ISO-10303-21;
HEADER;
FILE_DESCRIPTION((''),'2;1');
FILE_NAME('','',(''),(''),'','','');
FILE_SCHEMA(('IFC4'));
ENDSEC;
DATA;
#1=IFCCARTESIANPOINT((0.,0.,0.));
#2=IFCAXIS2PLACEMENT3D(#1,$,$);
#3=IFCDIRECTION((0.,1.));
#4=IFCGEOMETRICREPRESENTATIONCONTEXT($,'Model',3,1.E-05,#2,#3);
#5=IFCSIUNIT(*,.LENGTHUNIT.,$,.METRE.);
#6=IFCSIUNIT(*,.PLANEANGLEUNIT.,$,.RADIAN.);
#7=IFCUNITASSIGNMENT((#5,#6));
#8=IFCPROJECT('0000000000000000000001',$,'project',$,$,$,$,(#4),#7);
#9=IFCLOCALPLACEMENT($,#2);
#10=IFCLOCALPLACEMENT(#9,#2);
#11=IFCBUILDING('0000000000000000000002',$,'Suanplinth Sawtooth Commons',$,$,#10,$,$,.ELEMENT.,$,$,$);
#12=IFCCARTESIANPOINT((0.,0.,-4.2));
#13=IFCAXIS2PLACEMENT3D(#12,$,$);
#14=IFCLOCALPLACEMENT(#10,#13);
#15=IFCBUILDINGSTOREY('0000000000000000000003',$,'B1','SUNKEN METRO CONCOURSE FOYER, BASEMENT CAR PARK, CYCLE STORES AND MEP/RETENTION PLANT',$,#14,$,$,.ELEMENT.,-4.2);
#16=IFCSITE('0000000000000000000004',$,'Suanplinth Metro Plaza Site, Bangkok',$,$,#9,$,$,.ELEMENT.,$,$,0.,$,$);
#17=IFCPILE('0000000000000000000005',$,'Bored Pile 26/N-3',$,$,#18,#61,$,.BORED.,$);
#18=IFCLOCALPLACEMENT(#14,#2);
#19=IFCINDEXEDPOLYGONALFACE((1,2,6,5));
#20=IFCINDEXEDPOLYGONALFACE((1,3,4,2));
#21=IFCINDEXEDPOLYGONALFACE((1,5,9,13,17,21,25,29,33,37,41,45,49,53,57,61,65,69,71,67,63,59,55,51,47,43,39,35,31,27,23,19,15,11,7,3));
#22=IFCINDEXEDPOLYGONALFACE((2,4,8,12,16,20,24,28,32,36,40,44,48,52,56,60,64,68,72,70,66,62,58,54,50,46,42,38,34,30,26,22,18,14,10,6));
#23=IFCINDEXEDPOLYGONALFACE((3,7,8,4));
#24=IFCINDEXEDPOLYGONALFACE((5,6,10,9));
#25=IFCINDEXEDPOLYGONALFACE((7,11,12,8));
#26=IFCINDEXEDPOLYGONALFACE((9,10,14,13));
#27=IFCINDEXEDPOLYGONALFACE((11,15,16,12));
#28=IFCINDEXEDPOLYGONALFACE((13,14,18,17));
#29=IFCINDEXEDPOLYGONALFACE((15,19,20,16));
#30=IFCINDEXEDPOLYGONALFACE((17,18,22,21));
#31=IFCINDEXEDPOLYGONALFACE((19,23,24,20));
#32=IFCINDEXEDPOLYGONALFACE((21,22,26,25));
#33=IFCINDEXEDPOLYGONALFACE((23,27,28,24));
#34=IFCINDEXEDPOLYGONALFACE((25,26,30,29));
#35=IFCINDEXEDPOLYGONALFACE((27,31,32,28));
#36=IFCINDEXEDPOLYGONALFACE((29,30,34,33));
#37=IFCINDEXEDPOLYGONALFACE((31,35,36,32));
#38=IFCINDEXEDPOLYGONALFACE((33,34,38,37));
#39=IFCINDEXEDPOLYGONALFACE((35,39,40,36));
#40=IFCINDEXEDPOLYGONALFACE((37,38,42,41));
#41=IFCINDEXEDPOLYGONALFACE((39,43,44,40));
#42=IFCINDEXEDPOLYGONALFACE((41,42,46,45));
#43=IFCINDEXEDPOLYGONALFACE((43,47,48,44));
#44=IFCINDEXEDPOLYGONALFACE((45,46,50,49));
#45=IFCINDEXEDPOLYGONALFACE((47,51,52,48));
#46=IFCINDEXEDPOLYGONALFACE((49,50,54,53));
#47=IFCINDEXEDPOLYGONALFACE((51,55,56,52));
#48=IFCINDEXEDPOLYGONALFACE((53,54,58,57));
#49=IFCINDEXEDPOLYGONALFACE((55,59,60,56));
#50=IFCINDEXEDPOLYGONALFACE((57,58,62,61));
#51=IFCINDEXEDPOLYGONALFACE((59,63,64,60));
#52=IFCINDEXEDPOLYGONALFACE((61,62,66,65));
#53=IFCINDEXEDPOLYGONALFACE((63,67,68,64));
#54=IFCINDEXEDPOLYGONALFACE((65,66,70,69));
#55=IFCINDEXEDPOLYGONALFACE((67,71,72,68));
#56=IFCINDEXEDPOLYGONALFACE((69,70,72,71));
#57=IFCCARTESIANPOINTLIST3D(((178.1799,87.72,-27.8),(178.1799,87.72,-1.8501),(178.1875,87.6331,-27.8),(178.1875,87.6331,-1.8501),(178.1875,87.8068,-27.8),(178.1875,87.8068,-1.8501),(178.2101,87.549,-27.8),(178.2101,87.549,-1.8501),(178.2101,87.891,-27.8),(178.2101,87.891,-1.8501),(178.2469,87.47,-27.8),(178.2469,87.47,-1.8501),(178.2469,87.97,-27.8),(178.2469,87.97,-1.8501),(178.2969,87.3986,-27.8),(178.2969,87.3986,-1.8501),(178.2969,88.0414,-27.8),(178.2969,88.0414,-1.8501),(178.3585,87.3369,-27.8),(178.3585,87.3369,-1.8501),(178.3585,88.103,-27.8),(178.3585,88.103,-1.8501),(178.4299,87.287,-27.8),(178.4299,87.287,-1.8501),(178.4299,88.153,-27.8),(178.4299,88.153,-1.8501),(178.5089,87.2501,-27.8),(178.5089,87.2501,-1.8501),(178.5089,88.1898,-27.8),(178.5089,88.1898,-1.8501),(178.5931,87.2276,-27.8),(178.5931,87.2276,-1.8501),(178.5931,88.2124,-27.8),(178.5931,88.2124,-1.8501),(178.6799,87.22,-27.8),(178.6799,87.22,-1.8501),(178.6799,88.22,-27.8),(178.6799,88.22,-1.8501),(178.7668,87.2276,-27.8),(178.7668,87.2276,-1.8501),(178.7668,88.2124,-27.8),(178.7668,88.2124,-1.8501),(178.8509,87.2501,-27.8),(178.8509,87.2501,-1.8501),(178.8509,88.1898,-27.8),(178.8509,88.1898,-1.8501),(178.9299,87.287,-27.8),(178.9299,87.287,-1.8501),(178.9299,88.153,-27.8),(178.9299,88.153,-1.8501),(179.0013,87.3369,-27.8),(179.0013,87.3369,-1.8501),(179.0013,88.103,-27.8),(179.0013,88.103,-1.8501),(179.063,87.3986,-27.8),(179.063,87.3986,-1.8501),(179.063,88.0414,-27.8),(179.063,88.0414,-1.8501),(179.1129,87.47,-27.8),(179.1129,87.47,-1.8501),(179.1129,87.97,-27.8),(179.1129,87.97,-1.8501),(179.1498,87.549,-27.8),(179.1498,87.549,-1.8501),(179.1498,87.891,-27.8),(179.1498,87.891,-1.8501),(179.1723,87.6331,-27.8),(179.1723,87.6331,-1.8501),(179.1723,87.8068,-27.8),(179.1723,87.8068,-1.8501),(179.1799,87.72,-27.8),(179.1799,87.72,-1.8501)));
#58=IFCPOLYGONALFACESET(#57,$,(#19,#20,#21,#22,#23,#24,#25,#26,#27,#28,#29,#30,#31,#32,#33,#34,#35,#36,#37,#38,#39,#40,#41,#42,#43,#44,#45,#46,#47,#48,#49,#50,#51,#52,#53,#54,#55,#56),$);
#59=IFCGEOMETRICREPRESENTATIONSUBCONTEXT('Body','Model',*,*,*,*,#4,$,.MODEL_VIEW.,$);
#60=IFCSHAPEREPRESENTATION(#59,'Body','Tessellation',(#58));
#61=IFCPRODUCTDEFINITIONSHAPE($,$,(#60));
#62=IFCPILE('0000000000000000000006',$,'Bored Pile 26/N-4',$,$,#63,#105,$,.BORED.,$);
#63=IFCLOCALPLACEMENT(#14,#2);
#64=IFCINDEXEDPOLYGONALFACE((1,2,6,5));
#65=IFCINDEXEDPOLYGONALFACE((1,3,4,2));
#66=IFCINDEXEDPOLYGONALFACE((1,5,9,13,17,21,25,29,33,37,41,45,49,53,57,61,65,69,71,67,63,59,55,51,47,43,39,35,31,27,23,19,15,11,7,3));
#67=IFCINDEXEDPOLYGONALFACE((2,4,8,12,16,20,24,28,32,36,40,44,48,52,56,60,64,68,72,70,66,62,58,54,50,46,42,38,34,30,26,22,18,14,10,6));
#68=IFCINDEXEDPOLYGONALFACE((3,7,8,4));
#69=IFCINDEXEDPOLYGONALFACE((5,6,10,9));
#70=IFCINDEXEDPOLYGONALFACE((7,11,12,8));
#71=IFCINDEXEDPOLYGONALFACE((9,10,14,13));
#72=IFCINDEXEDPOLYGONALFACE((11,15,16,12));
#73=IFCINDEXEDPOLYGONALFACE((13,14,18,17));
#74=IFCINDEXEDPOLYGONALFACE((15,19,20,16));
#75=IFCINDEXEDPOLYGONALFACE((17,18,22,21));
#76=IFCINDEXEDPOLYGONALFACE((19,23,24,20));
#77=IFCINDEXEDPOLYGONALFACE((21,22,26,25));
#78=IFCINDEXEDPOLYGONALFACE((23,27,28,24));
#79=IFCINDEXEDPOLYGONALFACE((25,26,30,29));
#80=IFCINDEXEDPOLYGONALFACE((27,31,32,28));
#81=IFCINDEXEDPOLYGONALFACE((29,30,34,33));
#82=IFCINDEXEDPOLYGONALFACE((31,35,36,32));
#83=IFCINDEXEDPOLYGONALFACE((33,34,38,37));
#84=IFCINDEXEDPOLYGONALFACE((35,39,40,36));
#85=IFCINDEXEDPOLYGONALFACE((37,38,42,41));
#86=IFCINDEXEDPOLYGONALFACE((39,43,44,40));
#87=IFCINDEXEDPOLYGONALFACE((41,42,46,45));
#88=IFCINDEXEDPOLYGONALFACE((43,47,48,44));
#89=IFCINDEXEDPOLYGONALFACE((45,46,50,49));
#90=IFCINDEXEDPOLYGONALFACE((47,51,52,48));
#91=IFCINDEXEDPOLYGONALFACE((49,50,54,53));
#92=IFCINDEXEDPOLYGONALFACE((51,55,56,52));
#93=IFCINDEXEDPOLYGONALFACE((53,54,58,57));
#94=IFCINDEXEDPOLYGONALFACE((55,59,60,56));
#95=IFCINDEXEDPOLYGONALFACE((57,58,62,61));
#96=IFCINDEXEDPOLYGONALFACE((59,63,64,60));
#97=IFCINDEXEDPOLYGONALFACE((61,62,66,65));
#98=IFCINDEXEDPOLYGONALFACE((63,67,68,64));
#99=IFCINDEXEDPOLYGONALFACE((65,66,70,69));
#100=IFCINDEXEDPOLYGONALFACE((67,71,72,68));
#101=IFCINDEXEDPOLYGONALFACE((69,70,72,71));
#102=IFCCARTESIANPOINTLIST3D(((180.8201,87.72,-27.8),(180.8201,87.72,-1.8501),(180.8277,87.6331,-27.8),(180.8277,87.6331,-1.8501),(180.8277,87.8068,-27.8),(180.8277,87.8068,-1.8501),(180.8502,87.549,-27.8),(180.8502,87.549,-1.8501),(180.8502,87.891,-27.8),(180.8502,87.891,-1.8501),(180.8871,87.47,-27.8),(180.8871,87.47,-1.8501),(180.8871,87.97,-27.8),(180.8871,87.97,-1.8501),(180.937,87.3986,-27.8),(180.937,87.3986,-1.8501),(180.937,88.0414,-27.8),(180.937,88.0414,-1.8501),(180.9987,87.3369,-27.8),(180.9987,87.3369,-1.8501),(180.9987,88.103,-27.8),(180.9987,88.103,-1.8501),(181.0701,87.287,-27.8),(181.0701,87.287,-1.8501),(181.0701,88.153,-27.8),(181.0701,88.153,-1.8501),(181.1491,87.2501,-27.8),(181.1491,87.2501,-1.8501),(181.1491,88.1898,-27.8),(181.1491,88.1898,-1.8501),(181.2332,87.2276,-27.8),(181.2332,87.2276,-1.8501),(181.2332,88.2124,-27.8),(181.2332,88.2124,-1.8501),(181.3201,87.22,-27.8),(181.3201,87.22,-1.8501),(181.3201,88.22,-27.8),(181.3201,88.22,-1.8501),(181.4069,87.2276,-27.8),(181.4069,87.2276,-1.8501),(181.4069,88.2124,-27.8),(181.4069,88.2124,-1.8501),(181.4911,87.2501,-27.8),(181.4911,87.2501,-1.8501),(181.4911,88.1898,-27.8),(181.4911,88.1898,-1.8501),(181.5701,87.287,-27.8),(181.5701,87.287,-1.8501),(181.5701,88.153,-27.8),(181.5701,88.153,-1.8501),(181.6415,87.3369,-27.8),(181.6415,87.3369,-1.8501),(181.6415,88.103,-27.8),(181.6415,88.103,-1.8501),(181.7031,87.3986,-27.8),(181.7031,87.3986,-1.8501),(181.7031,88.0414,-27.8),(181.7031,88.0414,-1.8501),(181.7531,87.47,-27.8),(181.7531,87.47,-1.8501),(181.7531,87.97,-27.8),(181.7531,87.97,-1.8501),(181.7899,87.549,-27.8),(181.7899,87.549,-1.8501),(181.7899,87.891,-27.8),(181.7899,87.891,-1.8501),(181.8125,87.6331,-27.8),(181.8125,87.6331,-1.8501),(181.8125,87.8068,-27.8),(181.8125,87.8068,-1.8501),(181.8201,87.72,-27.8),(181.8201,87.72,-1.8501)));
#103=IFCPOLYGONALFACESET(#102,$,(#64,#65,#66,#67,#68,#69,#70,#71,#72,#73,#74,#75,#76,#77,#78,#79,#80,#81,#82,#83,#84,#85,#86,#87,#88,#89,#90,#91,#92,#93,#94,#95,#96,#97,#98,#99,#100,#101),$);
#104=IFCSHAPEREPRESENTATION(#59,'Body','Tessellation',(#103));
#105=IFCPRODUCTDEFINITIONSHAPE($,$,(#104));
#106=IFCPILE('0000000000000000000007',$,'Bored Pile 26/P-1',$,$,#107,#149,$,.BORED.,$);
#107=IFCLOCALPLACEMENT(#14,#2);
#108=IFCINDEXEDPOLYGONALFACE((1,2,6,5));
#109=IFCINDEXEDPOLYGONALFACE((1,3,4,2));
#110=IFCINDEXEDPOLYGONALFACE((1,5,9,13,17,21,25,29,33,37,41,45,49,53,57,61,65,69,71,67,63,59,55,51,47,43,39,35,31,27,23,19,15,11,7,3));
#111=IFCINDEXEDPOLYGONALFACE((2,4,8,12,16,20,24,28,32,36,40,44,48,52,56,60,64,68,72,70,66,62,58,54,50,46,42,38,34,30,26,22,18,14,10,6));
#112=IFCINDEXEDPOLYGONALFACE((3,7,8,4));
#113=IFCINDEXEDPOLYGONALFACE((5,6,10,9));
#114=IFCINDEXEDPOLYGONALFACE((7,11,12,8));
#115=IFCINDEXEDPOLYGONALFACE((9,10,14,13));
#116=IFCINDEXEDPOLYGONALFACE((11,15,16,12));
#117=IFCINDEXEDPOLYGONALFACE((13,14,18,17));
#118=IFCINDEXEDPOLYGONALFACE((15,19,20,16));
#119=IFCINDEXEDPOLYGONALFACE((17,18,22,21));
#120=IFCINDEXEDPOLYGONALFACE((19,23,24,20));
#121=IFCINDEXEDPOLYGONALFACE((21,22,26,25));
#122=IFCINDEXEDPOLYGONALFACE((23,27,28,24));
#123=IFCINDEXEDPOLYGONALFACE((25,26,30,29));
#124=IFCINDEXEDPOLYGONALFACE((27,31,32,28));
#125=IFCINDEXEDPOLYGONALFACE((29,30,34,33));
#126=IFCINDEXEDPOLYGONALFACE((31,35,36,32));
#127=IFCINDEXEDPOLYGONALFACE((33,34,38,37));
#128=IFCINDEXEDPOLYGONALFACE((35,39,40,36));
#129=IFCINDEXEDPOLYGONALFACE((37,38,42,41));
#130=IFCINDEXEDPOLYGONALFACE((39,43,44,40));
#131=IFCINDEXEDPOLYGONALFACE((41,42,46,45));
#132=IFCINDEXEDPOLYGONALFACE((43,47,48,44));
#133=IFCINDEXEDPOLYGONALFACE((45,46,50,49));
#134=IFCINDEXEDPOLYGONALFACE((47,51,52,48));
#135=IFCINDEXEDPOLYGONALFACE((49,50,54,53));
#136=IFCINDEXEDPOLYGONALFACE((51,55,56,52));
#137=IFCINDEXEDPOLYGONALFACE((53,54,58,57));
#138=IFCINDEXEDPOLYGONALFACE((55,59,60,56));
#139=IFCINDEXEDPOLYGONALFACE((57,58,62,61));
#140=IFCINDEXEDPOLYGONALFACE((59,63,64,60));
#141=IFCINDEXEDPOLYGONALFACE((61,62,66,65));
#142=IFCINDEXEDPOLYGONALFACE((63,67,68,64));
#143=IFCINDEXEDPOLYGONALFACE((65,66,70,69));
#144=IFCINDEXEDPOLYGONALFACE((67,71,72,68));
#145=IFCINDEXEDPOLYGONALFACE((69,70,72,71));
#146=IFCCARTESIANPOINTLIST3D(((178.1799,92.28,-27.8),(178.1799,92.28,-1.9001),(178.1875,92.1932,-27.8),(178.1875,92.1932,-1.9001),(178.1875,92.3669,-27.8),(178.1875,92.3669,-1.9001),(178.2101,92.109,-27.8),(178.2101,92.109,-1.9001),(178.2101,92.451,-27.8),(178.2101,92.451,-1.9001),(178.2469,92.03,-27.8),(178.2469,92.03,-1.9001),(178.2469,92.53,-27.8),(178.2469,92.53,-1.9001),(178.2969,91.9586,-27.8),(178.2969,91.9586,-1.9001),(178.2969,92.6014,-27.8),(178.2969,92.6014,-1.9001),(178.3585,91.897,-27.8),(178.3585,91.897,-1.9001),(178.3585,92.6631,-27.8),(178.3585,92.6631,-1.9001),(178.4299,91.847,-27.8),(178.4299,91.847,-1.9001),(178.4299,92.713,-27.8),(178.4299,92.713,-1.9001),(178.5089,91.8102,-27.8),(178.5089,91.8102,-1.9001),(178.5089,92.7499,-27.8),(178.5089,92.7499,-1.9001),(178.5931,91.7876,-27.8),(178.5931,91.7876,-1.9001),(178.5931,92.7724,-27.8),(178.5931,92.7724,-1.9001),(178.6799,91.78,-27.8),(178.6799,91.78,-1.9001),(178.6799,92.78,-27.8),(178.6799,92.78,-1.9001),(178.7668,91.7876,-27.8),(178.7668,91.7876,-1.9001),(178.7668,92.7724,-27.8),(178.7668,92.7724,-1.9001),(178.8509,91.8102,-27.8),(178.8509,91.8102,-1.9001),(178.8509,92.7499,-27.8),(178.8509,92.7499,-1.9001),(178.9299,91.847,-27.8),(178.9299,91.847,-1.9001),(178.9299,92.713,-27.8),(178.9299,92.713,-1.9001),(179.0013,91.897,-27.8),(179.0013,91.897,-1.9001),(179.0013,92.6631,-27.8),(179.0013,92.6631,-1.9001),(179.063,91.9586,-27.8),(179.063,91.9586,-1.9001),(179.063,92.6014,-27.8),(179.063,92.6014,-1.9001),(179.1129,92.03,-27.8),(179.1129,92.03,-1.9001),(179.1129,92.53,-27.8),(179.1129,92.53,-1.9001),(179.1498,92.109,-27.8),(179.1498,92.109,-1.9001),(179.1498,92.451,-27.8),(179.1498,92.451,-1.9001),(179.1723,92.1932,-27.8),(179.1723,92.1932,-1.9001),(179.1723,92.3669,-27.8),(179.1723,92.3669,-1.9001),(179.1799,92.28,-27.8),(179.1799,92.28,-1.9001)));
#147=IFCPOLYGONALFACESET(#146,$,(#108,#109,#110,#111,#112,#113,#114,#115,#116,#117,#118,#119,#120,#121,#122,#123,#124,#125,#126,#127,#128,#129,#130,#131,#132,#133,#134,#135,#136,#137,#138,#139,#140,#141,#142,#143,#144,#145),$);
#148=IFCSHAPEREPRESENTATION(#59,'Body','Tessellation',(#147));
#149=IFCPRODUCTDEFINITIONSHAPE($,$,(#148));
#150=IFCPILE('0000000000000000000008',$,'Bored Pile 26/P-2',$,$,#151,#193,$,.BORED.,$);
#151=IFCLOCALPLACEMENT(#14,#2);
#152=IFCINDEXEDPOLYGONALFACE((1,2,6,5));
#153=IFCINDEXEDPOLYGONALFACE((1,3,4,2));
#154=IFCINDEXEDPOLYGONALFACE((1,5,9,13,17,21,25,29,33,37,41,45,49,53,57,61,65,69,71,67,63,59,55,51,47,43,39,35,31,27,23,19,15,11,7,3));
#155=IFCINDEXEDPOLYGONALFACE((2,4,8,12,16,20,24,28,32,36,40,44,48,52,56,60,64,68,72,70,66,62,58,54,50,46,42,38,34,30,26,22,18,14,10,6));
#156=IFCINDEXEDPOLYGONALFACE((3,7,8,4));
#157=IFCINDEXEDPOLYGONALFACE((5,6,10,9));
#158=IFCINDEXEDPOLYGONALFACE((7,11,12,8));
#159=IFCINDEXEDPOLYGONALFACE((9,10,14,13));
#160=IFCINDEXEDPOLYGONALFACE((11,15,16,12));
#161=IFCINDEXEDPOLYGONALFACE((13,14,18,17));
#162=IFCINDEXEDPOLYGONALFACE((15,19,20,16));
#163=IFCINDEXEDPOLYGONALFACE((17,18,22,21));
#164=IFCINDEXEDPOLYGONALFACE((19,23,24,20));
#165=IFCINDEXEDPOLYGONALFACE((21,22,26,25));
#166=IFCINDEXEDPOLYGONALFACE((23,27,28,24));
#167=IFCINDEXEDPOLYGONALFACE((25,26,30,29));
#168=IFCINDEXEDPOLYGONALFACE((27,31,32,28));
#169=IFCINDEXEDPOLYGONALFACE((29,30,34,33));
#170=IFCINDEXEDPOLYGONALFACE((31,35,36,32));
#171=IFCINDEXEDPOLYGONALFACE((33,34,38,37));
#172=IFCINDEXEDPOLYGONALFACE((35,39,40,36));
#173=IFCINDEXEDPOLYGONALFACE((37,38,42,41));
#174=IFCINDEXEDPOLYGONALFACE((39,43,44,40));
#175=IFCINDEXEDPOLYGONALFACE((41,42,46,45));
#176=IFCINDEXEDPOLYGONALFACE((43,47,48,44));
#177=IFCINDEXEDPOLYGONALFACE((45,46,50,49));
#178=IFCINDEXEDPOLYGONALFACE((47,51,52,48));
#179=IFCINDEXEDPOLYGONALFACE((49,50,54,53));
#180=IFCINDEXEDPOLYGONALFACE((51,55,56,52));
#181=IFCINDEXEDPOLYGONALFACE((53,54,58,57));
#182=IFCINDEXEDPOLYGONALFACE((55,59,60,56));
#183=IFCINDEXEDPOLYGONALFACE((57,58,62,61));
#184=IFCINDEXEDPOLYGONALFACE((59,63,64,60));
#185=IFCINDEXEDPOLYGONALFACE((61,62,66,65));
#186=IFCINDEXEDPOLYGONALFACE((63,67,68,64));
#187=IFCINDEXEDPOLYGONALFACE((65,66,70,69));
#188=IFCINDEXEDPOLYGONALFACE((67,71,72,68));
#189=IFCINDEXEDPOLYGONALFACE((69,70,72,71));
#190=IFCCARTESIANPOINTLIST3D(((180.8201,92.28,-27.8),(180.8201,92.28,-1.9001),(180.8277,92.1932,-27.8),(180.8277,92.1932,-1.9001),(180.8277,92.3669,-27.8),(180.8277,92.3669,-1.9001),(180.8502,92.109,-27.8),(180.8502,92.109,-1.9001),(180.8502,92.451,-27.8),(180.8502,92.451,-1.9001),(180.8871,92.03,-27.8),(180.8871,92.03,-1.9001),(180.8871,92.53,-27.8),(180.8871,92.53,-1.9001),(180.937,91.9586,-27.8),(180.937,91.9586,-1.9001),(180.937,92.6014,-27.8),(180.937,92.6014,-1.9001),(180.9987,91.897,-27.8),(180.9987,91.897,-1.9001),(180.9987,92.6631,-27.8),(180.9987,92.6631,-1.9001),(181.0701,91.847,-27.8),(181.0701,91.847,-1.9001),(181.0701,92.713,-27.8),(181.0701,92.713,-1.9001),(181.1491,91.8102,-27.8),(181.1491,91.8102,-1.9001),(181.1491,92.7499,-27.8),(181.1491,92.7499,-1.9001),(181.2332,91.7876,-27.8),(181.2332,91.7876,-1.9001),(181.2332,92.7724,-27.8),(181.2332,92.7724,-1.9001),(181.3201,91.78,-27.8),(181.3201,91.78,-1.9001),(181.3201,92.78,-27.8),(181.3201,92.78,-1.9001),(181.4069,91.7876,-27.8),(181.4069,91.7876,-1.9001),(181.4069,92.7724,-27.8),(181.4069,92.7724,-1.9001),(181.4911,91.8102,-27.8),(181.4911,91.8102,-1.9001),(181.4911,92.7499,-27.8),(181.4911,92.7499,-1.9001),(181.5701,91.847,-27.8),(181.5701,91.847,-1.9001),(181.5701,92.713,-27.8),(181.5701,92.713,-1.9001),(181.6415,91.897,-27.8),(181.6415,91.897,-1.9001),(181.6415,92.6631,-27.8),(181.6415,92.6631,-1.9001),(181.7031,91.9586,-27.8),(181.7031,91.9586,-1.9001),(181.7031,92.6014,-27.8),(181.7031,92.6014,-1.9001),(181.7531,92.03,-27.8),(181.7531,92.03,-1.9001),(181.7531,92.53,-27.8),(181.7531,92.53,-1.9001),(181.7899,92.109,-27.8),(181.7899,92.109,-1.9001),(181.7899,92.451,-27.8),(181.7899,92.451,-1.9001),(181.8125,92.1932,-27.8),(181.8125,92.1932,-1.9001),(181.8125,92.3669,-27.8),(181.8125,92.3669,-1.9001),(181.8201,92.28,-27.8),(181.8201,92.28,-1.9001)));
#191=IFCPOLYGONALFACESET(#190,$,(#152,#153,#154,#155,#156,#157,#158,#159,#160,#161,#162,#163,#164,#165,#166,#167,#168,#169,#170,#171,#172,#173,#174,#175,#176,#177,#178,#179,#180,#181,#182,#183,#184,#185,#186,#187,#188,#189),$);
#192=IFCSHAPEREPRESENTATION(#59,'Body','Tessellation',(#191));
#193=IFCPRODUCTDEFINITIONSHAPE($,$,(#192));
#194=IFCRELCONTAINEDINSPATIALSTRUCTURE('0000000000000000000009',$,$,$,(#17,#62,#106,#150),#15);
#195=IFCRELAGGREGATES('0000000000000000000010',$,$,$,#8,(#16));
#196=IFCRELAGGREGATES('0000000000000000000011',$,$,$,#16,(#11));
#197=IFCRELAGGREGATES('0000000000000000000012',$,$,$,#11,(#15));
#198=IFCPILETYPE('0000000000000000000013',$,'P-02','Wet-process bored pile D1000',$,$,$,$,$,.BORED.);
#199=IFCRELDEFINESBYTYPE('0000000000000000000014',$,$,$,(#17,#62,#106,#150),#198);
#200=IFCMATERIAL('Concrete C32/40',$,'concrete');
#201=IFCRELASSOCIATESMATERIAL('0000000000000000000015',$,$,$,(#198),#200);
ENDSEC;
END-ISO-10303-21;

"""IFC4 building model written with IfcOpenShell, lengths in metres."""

from ifc_helpers import new_model, si_unit, direction, frame, origin, origin_2d, place, context, subcontext, project, spatial, circle, extrude, material, material_profile, profile_set, type_object, element, save


model = new_model("IFC4")

# Units and contexts
model_context = context("Model", 3, precision=1e-05, world=origin(), true_north=direction((0.0, 1.0)))
body_context = subcontext(model_context, "Body", "Model", "MODEL_VIEW")
ifc_project = project(units=[si_unit("LENGTHUNIT", "METRE"), si_unit("PLANEANGLEUNIT", "RADIAN")], contexts=[model_context])

# Site, building, storey
site_placement = place(None, origin())
site = spatial("IfcSite", under=ifc_project, at=site_placement, Name="Suanplinth Metro Plaza Site, Bangkok", CompositionType="ELEMENT", RefElevation=0.0)
building_placement = place(site_placement, origin())
building = spatial("IfcBuilding", under=site, at=building_placement, Name="Suanplinth Sawtooth Commons", CompositionType="ELEMENT")
storey_placement = place(building_placement, frame((0.0, 0.0, -4.2)))
storey = spatial("IfcBuildingStorey", under=building, at=storey_placement, Name="B1", Description="SUNKEN METRO CONCOURSE FOYER, BASEMENT CAR PARK, CYCLE STORES AND MEP/RETENTION PLANT", CompositionType="ELEMENT", Elevation=-4.2)

# Piles
ifc_material_1 = material(Name="Concrete C32/40", Category="concrete")
ifc_material_profile_1 = material_profile(ifc_material_1, circle(Radius=0.5, at=origin_2d()), Name="PILE D1000")
ifc_profile_set_1 = profile_set([ifc_material_profile_1], Name="Concrete C32/40")
pile_type = type_object("IfcPileType", Name="P-02", Description="Wet-process bored pile D1000", PredefinedType="BORED", material=ifc_profile_set_1)
for number, where, z_axis, x_axis, name in (
    (1, (178.6799, 87.72, -1.8501), (0.0, 0.0, -1.0), (1.0, 0.0, 0.0), "Bored Pile 26/N-3"),
    (2, (181.3201, 87.72, -1.8501), (0.0, 0.0, -1.0), (1.0, 0.0, 0.0), "Bored Pile 26/N-4"),
):
    element("IfcPile", number, at=place(storey_placement, frame(where, z_axis=z_axis, x_axis=x_axis)), inside=storey, type_object=pile_type, Name=name, PredefinedType="BORED", context=body_context, shape_type="SweptSolid", body=[
        extrude(circle(Radius=0.5, at=origin_2d()), origin(), (0.0, 0.0, 1.0), 25.95),
    ])
for number, where, z_axis, x_axis, name in (
    (3, (178.6799, 92.28, -1.9001), (0.0, 0.0, -1.0), (1.0, 0.0, 0.0), "Bored Pile 26/P-1"),
    (4, (181.3201, 92.28, -1.9001), (0.0, 0.0, -1.0), (1.0, 0.0, 0.0), "Bored Pile 26/P-2"),
):
    element("IfcPile", number, at=place(storey_placement, frame(where, z_axis=z_axis, x_axis=x_axis)), inside=storey, type_object=pile_type, Name=name, PredefinedType="BORED", context=body_context, shape_type="SweptSolid", body=[
        extrude(circle(Radius=0.5, at=origin_2d()), origin(), (0.0, 0.0, 1.0), 25.8999),
    ])

save(model, "model.ifc")
